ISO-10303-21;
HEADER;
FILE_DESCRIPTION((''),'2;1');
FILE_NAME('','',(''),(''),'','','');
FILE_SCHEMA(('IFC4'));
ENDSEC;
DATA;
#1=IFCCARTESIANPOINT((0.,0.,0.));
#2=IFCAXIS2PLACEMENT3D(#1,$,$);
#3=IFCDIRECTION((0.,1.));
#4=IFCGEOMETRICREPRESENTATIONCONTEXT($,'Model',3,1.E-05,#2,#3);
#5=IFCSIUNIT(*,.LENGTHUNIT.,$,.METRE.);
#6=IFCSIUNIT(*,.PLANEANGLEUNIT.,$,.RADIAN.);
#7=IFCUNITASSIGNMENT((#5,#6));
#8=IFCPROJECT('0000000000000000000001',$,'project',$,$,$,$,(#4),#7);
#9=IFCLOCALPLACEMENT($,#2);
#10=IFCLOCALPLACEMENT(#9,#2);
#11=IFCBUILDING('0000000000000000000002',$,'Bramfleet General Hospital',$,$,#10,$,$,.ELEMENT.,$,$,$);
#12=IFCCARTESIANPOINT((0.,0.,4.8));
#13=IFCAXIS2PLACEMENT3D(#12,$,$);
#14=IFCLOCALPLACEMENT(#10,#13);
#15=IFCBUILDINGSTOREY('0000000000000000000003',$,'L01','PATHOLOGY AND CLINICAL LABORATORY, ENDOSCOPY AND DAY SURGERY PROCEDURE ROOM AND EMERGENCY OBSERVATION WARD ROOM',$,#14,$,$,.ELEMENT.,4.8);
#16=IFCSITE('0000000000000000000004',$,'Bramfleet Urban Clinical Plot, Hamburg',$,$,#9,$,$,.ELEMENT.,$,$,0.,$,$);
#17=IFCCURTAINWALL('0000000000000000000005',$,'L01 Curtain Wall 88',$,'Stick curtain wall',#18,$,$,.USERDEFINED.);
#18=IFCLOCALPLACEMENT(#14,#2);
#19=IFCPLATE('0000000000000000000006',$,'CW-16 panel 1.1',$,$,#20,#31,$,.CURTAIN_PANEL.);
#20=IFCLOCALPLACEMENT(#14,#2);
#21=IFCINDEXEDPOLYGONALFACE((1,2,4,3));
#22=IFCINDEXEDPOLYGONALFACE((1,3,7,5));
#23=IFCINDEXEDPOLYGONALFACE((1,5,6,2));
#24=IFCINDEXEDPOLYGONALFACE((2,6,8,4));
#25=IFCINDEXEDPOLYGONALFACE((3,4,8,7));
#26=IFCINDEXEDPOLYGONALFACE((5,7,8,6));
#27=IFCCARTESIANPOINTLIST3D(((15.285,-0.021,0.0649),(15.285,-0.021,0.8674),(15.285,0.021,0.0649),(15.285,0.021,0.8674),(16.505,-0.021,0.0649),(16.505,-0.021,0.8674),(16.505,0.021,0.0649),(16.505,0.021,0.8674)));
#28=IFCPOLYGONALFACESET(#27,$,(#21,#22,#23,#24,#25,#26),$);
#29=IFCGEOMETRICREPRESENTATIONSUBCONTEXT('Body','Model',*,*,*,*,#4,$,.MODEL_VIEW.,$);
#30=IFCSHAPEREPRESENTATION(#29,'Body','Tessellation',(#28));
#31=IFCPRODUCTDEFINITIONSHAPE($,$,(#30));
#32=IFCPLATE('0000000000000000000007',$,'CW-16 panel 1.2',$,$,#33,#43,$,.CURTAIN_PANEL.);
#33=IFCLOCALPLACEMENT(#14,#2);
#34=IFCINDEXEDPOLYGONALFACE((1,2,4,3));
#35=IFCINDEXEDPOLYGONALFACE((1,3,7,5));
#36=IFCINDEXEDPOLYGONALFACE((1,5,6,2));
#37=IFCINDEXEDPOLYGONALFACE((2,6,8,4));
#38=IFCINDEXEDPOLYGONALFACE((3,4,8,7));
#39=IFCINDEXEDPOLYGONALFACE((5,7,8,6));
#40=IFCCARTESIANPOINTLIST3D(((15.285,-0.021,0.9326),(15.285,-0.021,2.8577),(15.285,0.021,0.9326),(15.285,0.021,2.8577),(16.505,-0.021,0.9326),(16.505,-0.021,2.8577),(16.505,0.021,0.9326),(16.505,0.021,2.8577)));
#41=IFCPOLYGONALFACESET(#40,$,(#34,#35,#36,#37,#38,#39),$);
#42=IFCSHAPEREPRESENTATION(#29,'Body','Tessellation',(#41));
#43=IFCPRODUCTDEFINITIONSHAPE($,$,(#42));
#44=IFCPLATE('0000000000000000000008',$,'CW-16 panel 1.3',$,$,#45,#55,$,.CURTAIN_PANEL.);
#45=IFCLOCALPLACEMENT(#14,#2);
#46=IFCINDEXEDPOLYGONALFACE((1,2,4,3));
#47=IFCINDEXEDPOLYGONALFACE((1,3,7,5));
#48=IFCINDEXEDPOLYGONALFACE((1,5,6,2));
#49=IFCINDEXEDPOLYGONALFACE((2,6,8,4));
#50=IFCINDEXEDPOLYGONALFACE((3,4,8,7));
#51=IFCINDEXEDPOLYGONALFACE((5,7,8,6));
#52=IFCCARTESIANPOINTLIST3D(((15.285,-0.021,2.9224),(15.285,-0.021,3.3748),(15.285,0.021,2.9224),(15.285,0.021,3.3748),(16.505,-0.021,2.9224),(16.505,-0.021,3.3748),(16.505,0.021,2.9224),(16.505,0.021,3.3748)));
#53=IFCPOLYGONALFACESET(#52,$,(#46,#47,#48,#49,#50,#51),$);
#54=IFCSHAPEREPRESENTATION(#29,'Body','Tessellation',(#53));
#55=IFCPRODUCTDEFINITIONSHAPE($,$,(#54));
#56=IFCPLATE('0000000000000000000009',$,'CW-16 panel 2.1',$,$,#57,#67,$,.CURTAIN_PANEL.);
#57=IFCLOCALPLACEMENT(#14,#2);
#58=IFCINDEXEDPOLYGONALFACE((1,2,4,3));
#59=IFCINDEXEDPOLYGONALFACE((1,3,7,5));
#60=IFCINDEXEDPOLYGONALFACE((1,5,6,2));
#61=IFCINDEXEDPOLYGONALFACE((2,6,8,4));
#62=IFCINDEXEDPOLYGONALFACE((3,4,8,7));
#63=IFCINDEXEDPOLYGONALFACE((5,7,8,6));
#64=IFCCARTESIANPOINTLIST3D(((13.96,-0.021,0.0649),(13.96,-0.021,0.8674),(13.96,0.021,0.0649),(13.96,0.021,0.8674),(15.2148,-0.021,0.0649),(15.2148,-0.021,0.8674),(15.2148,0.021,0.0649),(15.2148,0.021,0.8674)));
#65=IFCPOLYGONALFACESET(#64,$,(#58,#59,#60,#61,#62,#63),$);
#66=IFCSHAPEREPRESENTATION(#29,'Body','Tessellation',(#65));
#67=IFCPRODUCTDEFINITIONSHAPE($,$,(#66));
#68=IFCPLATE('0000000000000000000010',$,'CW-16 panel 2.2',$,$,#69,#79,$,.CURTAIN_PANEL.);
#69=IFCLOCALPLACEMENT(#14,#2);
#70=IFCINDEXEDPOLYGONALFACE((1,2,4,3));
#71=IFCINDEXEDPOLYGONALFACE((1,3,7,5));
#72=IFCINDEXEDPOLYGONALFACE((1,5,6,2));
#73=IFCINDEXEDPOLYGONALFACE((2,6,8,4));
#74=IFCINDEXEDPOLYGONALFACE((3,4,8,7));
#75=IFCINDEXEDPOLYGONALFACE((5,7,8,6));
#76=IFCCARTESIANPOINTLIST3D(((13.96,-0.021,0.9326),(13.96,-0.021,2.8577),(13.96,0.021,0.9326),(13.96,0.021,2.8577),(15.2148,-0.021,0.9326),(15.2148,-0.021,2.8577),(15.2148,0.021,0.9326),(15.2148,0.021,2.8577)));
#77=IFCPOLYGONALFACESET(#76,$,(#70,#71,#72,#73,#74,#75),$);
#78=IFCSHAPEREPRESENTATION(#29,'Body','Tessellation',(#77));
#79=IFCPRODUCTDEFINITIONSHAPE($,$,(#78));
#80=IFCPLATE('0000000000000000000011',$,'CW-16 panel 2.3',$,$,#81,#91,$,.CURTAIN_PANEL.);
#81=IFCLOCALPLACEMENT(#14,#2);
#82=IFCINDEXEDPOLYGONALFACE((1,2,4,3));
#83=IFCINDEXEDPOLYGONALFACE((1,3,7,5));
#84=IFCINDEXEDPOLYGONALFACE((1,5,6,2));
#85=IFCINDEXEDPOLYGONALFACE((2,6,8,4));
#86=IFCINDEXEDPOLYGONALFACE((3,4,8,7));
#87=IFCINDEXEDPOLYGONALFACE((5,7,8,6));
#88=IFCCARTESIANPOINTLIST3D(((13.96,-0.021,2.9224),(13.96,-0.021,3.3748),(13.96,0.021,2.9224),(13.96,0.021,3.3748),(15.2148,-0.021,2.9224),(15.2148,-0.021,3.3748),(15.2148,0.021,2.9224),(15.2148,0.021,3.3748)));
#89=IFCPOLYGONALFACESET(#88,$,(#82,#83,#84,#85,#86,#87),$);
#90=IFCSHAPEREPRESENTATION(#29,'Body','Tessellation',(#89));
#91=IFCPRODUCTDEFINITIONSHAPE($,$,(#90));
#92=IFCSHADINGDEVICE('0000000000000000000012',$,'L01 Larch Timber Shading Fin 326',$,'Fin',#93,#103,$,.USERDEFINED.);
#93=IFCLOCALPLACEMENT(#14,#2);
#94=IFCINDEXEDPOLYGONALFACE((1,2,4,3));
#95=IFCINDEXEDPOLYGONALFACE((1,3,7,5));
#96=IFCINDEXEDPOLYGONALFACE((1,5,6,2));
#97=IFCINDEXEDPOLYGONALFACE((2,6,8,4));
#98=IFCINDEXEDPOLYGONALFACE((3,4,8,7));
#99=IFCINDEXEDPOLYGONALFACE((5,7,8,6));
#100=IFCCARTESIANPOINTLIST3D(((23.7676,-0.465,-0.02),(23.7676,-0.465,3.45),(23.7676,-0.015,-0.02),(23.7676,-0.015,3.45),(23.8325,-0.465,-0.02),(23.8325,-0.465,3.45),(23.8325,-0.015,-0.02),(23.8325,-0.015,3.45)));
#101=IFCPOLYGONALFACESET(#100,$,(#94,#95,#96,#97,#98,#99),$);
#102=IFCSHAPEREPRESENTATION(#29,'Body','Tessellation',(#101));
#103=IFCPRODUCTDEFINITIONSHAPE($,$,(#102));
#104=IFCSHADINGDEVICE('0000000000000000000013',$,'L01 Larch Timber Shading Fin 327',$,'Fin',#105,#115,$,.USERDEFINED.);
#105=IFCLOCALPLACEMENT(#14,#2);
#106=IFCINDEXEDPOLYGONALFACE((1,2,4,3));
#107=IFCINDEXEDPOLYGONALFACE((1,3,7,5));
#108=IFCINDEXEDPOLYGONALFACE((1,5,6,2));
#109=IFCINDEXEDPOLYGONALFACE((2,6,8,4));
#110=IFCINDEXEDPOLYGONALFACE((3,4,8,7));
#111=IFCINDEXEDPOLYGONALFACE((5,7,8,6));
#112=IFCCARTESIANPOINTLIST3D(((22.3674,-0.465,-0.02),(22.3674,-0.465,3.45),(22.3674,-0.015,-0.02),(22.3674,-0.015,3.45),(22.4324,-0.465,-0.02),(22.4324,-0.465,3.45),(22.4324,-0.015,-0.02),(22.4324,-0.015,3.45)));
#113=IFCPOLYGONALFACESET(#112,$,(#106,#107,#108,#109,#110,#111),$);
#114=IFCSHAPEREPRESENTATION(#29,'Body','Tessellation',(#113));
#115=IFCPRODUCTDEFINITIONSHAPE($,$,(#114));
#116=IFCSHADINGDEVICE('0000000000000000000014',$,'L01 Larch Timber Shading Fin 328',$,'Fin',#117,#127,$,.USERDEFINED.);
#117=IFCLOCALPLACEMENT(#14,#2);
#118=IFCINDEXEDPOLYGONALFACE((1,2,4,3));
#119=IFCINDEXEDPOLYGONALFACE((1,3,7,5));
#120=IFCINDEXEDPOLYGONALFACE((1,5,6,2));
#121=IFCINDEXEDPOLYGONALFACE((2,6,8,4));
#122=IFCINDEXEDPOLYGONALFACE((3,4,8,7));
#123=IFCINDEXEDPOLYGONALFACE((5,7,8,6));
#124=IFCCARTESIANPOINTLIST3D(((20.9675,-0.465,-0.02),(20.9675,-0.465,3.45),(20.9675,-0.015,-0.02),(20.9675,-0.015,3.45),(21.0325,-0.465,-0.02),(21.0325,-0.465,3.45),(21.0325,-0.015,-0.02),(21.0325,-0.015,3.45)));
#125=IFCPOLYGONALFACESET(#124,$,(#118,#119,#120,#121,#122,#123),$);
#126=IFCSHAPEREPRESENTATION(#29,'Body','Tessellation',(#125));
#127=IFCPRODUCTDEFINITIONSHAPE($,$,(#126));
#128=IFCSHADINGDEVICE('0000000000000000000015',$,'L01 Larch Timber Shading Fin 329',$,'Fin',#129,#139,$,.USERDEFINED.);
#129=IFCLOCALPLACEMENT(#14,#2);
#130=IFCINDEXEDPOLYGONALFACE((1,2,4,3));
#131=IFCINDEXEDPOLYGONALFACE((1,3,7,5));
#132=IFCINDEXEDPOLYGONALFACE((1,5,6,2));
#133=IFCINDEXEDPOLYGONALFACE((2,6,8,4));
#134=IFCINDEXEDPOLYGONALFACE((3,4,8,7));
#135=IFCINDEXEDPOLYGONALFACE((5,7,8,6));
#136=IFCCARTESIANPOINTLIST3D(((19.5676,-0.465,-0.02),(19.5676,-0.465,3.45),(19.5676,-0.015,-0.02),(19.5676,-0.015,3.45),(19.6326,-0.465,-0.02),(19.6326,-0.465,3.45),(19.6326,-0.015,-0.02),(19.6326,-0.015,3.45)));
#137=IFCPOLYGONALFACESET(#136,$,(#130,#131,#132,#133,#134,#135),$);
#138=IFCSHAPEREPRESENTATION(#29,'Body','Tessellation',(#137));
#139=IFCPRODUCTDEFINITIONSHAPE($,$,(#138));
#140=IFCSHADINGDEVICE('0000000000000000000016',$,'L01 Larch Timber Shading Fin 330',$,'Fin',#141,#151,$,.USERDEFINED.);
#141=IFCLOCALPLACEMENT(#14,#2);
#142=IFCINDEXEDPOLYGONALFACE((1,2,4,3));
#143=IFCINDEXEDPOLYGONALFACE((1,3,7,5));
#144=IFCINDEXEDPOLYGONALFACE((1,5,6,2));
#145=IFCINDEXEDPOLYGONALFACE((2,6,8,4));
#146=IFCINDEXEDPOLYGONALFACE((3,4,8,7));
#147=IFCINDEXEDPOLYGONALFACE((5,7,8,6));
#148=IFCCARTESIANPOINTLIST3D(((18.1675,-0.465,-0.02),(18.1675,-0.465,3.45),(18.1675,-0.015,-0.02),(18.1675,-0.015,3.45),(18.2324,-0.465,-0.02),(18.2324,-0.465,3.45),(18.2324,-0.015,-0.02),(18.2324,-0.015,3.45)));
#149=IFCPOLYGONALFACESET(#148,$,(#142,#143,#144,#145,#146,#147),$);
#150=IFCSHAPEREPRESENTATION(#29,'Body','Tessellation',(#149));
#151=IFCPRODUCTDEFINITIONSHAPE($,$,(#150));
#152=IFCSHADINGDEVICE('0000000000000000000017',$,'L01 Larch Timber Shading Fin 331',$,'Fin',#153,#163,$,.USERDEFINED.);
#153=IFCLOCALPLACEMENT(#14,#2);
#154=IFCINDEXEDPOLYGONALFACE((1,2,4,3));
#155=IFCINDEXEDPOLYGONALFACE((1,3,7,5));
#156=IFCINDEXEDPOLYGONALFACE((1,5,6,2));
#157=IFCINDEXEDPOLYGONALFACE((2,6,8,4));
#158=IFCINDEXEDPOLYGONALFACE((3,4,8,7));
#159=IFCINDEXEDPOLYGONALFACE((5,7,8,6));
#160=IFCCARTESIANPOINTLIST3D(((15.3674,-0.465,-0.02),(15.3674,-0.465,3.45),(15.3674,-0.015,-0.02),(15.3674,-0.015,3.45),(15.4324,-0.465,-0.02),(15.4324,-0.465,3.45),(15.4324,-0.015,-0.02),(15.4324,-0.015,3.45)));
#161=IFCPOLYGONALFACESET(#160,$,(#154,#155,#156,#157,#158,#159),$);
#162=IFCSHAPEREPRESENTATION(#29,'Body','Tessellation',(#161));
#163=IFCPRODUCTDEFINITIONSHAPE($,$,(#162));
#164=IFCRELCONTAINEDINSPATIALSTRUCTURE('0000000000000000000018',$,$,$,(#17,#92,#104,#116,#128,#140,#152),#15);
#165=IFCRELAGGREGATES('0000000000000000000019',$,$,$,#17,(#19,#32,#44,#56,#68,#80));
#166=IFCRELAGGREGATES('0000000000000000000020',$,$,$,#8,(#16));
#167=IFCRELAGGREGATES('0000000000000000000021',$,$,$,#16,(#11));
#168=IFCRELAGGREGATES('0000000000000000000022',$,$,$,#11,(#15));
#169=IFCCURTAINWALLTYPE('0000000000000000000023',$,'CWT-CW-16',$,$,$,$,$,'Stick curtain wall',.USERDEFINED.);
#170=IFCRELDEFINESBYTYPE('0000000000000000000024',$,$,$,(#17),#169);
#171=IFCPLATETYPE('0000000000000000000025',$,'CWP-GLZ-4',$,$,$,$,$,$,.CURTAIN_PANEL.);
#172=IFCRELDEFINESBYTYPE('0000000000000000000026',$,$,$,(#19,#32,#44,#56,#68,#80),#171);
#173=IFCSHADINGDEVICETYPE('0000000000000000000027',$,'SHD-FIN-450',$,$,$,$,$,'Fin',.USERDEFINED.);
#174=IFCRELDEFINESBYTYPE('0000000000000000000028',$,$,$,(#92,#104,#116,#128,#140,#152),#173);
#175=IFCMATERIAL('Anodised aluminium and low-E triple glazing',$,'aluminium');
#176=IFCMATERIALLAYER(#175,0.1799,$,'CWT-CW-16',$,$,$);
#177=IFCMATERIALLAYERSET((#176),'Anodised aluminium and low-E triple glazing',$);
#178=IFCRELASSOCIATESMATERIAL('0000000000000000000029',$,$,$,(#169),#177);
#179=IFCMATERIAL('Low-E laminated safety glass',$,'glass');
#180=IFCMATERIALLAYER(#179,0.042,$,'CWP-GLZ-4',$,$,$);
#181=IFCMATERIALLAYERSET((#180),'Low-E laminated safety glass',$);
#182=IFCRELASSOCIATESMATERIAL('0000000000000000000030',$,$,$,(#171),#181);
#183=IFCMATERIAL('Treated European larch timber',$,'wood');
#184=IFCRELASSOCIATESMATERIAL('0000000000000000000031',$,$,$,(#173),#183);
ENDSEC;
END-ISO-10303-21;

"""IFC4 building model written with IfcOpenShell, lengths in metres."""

from ifc_helpers import new_model, si_unit, direction, frame, origin, origin_2d, place, context, subcontext, project, spatial, rectangle, extrude, material, layer, layer_set, material_profile, profile_set, type_object, element, aggregate, save


model = new_model("IFC4")

# Units and contexts
model_context = context("Model", 3, precision=1e-05, world=origin(), true_north=direction((0.0, 1.0)))
body_context = subcontext(model_context, "Body", "Model", "MODEL_VIEW")
ifc_project = project(units=[si_unit("LENGTHUNIT", "METRE"), si_unit("PLANEANGLEUNIT", "RADIAN")], contexts=[model_context])

# Site, building, storey
site_placement = place(None, origin())
site = spatial("IfcSite", under=ifc_project, at=site_placement, Name="Bramfleet Urban Clinical Plot, Hamburg", CompositionType="ELEMENT", RefElevation=0.0)
building_placement = place(site_placement, origin())
building = spatial("IfcBuilding", under=site, at=building_placement, Name="Bramfleet General Hospital", CompositionType="ELEMENT")
storey_placement = place(building_placement, frame((0.0, 0.0, 4.8)))
storey = spatial("IfcBuildingStorey", under=building, at=storey_placement, Name="L01", Description="PATHOLOGY AND CLINICAL LABORATORY, ENDOSCOPY AND DAY SURGERY PROCEDURE ROOM AND EMERGENCY OBSERVATION WARD ROOM", CompositionType="ELEMENT", Elevation=4.8)

# Curtain wall
ifc_material_1 = material(Name="Anodised aluminium and low-E triple glazing", Category="aluminium")
ifc_layer_1 = layer(ifc_material_1, 0.1799, Name="CWT-CW-16")
ifc_layer_set_1 = layer_set([ifc_layer_1], Name="Anodised aluminium and low-E triple glazing")
curtain_wall_type_1 = type_object("IfcCurtainWallType", Name="CWT-CW-16", ElementType="Stick curtain wall", PredefinedType="USERDEFINED", material=ifc_layer_set_1)
curtain_wall_1_placement = place(storey_placement, origin())
curtain_wall_1 = element("IfcCurtainWall", 1, at=curtain_wall_1_placement, inside=storey, type_object=curtain_wall_type_1, Name="L01 Curtain Wall 88", ObjectType="Stick curtain wall", PredefinedType="USERDEFINED")

# Plates
ifc_material_2 = material(Name="Low-E laminated safety glass", Category="glass")
ifc_layer_2 = layer(ifc_material_2, 0.042, Name="CWP-GLZ-4")
ifc_layer_set_2 = layer_set([ifc_layer_2], Name="Low-E laminated safety glass")
plate_type_1 = type_object("IfcPlateType", Name="CWP-GLZ-4", PredefinedType="CURTAIN_PANEL", material=ifc_layer_set_2)
plate_1_placement = place(storey_placement, frame((15.895, 0.0, 0.0649), z_axis=(0.0, 0.0, 1.0), x_axis=(-1.0, 0.0, 0.0)))
plate_1 = element("IfcPlate", 2, at=plate_1_placement, type_object=plate_type_1, Name="CW-16 panel 1.1", PredefinedType="CURTAIN_PANEL", context=body_context, shape_type="SweptSolid", body=[
    extrude(rectangle(XDim=1.22, YDim=0.042, at=origin_2d()), origin(), (0.0, 0.0, 1.0), 0.8025),
])
plate_2_placement = place(storey_placement, frame((15.895, 0.0, 0.9326), z_axis=(0.0, 0.0, 1.0), x_axis=(-1.0, 0.0, 0.0)))
plate_2 = element("IfcPlate", 3, at=plate_2_placement, type_object=plate_type_1, Name="CW-16 panel 1.2", PredefinedType="CURTAIN_PANEL", context=body_context, shape_type="SweptSolid", body=[
    extrude(rectangle(XDim=1.22, YDim=0.042, at=origin_2d()), origin(), (0.0, 0.0, 1.0), 1.925),
])
plate_3_placement = place(storey_placement, frame((15.895, 0.0, 2.9224), z_axis=(0.0, 0.0, 1.0), x_axis=(-1.0, 0.0, 0.0)))
plate_3 = element("IfcPlate", 4, at=plate_3_placement, type_object=plate_type_1, Name="CW-16 panel 1.3", PredefinedType="CURTAIN_PANEL", context=body_context, shape_type="SweptSolid", body=[
    extrude(rectangle(XDim=1.22, YDim=0.042, at=origin_2d()), origin(), (0.0, 0.0, 1.0), 0.4524),
])
plate_4_placement = place(storey_placement, frame((14.5874, 0.0, 0.0649), z_axis=(0.0, 0.0, 1.0), x_axis=(-1.0, 0.0, 0.0)))
plate_4 = element("IfcPlate", 5, at=plate_4_placement, type_object=plate_type_1, Name="CW-16 panel 2.1", PredefinedType="CURTAIN_PANEL", context=body_context, shape_type="SweptSolid", body=[
    extrude(rectangle(XDim=1.2549, YDim=0.042, at=origin_2d()), origin(), (0.0, 0.0, 1.0), 0.8025),
])
plate_5_placement = place(storey_placement, frame((14.5874, 0.0, 0.9326), z_axis=(0.0, 0.0, 1.0), x_axis=(-1.0, 0.0, 0.0)))
plate_5 = element("IfcPlate", 6, at=plate_5_placement, type_object=plate_type_1, Name="CW-16 panel 2.2", PredefinedType="CURTAIN_PANEL", context=body_context, shape_type="SweptSolid", body=[
    extrude(rectangle(XDim=1.2549, YDim=0.042, at=origin_2d()), origin(), (0.0, 0.0, 1.0), 1.925),
])
plate_6_placement = place(storey_placement, frame((14.5874, 0.0, 2.9224), z_axis=(0.0, 0.0, 1.0), x_axis=(-1.0, 0.0, 0.0)))
plate_6 = element("IfcPlate", 7, at=plate_6_placement, type_object=plate_type_1, Name="CW-16 panel 2.3", PredefinedType="CURTAIN_PANEL", context=body_context, shape_type="SweptSolid", body=[
    extrude(rectangle(XDim=1.2549, YDim=0.042, at=origin_2d()), origin(), (0.0, 0.0, 1.0), 0.4524),
])
aggregate(curtain_wall_1, [plate_1, plate_2, plate_3, plate_4, plate_5, plate_6])

# Shading devices
ifc_material_3 = material(Name="Treated European larch timber", Category="wood")
ifc_material_profile_1 = material_profile(ifc_material_3, rectangle(XDim=0.0649, YDim=0.45, at=origin_2d()), Name="LARCH FIN 450x65")
ifc_profile_set_1 = profile_set([ifc_material_profile_1], Name="Treated European larch timber")
shading_device_type = type_object("IfcShadingDeviceType", Name="SHD-FIN-450", ElementType="Fin", PredefinedType="USERDEFINED", material=ifc_profile_set_1)
for number, where, z_axis, x_axis, name in (
    (8, (23.8, -0.24, -0.02), (0.0, 0.0, 1.0), (-1.0, 0.0, 0.0), "L01 Larch Timber Shading Fin 326"),
    (9, (22.3999, -0.24, -0.02), (0.0, 0.0, 1.0), (-1.0, 0.0, 0.0), "L01 Larch Timber Shading Fin 327"),
    (10, (21.0, -0.24, -0.02), (0.0, 0.0, 1.0), (-1.0, 0.0, 0.0), "L01 Larch Timber Shading Fin 328"),
    (11, (19.6001, -0.24, -0.02), (0.0, 0.0, 1.0), (-1.0, 0.0, 0.0), "L01 Larch Timber Shading Fin 329"),
    (12, (18.2, -0.24, -0.02), (0.0, 0.0, 1.0), (-1.0, 0.0, 0.0), "L01 Larch Timber Shading Fin 330"),
    (13, (15.3999, -0.24, -0.02), (0.0, 0.0, 1.0), (-1.0, 0.0, 0.0), "L01 Larch Timber Shading Fin 331"),
):
    element("IfcShadingDevice", number, at=place(storey_placement, frame(where, z_axis=z_axis, x_axis=x_axis)), inside=storey, type_object=shading_device_type, Name=name, ObjectType="Fin", PredefinedType="USERDEFINED", context=body_context, shape_type="SweptSolid", body=[
        extrude(rectangle(XDim=0.0649, YDim=0.45, at=origin_2d()), origin(), (0.0, 0.0, 1.0), 3.47),
    ])

save(model, "model.ifc")
